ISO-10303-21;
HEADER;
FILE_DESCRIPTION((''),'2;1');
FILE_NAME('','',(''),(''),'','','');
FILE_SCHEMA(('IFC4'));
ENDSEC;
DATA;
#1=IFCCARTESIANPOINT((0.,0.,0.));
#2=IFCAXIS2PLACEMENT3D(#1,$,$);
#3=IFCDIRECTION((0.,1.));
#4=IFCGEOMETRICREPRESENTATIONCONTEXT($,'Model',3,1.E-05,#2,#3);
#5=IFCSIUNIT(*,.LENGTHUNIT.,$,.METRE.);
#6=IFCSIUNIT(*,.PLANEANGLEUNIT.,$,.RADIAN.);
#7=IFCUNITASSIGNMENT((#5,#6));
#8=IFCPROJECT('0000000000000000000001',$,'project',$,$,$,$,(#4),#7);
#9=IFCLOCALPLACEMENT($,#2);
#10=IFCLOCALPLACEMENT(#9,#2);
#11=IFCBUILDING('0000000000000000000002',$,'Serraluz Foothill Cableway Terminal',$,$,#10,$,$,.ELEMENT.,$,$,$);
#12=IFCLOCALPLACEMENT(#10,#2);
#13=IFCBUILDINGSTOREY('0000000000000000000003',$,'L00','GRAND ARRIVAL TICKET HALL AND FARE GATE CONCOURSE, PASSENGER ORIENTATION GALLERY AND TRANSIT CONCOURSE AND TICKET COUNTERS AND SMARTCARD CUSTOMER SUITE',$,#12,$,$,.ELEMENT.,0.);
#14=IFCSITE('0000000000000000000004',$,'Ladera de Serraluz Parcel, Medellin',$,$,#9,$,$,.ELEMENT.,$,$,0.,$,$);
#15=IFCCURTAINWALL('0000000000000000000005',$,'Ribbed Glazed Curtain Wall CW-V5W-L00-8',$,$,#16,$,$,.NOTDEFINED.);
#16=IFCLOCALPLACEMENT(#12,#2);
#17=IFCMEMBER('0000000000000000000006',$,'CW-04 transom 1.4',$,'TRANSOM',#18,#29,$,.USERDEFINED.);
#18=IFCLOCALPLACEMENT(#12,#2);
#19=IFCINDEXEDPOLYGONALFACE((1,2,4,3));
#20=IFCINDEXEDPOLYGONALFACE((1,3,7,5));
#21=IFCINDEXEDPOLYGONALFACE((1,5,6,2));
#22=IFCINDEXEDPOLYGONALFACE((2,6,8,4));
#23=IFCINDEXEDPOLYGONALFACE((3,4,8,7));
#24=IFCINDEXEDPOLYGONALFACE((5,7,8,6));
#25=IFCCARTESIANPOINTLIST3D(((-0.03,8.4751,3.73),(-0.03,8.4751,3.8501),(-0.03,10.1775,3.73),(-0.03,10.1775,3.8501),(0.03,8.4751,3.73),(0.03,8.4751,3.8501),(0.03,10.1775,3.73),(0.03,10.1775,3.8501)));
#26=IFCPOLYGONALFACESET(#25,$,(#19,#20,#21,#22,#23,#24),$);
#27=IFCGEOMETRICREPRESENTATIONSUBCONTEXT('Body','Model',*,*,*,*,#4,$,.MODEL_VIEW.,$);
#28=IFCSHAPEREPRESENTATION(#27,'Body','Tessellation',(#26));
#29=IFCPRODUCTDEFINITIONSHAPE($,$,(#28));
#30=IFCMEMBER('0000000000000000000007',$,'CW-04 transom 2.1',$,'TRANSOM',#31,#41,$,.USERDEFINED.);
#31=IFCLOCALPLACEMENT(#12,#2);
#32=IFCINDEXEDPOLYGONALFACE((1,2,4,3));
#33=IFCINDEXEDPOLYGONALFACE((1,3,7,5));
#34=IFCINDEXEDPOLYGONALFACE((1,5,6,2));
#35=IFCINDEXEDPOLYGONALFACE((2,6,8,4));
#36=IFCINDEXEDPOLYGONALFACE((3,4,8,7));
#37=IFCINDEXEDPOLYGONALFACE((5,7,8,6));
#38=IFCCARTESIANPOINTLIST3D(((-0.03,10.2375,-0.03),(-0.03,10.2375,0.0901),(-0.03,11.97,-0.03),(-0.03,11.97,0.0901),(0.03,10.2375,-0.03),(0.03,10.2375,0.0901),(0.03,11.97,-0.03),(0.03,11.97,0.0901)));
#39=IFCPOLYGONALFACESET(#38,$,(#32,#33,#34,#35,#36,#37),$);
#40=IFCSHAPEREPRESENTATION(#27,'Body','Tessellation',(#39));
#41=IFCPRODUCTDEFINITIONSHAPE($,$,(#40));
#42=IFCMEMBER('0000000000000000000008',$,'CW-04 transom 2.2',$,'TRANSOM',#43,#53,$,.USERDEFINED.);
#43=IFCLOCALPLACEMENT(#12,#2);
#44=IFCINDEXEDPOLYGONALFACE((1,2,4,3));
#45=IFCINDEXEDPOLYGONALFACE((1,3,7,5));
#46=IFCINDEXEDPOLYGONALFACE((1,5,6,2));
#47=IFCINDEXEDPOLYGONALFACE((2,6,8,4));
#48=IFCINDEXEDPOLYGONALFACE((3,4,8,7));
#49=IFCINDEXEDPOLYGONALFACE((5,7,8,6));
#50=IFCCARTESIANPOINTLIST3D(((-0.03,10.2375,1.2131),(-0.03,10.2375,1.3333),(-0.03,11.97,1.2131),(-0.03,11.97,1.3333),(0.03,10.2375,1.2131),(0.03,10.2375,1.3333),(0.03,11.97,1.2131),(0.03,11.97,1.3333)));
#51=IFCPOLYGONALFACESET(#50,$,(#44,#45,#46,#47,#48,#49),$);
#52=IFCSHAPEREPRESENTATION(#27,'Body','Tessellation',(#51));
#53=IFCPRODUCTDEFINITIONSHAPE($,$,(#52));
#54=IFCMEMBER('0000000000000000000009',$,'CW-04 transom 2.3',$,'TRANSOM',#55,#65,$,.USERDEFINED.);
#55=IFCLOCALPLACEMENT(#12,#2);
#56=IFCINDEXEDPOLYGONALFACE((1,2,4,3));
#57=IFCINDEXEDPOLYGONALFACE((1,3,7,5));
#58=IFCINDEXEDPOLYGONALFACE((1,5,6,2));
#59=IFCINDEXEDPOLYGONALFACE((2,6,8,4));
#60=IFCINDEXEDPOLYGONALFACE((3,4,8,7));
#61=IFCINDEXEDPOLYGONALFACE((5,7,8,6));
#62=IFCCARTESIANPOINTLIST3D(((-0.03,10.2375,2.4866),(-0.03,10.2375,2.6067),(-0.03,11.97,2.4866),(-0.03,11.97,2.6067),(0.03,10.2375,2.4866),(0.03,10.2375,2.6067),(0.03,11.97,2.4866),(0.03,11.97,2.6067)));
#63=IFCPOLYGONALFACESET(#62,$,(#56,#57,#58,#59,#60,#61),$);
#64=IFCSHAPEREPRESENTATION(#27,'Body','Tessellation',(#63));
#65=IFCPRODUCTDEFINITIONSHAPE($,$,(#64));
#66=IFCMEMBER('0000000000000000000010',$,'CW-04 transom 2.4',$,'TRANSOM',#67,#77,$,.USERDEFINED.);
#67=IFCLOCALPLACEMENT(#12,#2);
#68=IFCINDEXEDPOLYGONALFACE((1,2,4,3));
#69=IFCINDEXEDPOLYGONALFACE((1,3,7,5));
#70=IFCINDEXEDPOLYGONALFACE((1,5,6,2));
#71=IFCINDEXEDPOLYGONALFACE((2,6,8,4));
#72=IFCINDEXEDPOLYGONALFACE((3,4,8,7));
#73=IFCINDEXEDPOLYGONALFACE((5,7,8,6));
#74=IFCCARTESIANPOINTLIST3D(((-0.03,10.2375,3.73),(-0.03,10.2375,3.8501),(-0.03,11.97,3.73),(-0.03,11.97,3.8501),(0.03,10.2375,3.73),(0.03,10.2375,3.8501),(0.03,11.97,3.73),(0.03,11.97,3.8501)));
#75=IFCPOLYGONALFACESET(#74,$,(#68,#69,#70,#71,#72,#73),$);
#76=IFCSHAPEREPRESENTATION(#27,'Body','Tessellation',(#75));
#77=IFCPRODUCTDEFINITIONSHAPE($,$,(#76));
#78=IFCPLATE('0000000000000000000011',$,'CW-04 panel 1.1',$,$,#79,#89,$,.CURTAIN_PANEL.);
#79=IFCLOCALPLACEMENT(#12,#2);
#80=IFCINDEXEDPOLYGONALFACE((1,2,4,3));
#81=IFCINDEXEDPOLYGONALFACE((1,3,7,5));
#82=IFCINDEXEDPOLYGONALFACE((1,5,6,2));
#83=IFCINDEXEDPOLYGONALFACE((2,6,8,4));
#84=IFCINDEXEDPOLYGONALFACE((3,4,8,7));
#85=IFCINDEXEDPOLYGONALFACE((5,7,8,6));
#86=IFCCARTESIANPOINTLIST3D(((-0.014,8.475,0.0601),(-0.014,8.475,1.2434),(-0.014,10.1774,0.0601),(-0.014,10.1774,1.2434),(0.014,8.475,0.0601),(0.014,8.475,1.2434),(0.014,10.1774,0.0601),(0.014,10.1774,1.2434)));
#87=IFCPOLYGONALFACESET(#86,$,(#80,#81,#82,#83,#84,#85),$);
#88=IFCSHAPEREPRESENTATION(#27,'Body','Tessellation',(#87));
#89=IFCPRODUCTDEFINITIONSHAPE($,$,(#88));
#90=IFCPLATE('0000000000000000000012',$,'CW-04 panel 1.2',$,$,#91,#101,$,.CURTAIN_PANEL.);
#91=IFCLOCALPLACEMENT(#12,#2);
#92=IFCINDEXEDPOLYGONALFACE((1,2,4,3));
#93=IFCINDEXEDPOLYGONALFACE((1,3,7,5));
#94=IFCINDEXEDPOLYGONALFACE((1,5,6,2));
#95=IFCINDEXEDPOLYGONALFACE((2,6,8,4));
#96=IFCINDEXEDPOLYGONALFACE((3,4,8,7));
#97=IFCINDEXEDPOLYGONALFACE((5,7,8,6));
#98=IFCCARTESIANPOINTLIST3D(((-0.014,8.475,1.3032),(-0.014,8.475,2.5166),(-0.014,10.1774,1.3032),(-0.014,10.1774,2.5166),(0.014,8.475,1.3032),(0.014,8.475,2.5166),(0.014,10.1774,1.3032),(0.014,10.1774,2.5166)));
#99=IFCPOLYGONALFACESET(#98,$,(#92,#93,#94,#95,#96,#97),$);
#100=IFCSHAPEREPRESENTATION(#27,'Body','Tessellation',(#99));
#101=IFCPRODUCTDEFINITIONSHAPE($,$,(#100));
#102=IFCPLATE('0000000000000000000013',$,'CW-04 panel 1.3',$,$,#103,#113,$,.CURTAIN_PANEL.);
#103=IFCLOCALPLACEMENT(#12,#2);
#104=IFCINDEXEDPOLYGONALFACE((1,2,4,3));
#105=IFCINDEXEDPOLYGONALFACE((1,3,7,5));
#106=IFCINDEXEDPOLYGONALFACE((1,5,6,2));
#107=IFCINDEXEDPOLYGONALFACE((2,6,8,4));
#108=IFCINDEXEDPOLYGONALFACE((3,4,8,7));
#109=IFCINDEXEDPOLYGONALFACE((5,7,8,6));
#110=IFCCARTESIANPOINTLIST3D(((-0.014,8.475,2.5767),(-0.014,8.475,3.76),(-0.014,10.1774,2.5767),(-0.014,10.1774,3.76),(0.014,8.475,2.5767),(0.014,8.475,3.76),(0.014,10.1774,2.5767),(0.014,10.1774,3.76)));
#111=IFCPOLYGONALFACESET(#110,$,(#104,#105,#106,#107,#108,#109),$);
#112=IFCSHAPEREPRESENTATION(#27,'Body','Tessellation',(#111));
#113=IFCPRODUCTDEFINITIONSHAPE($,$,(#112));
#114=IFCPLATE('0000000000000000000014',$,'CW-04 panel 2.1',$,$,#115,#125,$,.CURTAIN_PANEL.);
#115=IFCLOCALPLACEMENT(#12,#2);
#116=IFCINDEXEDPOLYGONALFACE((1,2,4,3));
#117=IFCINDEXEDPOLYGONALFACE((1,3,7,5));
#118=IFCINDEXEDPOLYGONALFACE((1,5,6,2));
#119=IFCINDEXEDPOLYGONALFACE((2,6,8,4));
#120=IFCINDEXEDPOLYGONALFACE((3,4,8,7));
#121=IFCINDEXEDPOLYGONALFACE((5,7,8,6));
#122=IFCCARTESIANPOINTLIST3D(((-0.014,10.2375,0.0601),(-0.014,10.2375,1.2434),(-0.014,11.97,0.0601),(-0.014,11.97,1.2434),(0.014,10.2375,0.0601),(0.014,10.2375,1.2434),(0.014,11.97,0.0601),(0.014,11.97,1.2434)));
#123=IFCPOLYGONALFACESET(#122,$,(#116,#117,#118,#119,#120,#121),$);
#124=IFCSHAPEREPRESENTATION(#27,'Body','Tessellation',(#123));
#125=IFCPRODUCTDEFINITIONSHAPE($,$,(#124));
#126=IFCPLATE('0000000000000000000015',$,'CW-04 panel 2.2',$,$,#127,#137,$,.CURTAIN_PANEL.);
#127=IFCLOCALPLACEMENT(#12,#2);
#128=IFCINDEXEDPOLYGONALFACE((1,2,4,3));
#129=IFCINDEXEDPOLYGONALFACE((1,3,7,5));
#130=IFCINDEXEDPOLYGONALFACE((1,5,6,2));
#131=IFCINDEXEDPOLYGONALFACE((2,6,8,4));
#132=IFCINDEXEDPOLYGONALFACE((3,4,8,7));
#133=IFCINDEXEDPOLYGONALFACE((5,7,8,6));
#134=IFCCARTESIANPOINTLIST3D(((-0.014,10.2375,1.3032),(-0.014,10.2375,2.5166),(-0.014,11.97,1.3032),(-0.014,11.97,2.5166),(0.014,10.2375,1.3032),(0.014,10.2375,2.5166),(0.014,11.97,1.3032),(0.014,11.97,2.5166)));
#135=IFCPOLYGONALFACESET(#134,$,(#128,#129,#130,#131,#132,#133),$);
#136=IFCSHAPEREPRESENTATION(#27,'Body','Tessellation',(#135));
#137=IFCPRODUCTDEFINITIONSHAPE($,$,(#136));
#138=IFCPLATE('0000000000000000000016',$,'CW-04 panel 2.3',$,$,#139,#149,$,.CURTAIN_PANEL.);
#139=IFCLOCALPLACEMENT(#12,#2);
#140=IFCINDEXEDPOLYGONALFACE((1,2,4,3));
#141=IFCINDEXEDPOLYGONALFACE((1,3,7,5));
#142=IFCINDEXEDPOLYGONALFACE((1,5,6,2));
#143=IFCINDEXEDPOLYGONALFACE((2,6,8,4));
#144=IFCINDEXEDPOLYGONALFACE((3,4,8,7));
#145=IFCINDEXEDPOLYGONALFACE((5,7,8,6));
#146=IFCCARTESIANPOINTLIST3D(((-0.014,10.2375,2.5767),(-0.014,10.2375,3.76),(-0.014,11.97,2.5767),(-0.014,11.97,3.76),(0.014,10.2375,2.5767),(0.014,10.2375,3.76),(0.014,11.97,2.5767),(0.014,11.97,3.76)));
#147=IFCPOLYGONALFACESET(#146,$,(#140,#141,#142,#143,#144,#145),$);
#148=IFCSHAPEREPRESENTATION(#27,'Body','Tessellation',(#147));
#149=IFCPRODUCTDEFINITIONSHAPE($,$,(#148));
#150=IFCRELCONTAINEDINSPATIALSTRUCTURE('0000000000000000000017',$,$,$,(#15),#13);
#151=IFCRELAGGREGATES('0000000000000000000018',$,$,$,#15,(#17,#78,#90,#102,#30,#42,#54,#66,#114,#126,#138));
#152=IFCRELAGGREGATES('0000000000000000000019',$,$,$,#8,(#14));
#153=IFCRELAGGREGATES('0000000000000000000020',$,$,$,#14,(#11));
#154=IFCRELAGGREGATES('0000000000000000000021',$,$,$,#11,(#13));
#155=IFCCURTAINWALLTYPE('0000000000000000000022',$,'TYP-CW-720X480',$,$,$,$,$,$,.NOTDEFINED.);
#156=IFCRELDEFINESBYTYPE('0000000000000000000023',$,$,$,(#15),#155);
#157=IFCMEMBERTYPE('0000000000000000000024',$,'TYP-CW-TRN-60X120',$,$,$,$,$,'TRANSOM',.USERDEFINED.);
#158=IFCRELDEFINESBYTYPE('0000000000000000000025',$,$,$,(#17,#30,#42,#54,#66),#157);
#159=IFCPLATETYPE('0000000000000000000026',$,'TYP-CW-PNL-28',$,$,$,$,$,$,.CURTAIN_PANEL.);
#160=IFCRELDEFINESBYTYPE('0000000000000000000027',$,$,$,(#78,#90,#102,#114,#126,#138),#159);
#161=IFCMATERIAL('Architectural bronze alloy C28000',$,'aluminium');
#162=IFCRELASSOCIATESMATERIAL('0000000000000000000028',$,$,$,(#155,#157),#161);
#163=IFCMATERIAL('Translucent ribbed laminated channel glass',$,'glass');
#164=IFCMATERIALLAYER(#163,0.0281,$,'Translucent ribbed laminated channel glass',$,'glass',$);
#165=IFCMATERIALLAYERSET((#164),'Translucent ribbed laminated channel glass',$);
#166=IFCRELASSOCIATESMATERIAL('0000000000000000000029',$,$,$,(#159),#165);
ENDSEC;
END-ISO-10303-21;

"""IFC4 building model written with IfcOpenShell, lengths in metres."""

from ifc_helpers import new_model, si_unit, direction, frame, origin, origin_2d, place, context, subcontext, project, spatial, rectangle, extrude, material, layer, layer_set, material_profile, profile_set, type_object, element, aggregate, save


model = new_model("IFC4")

# Units and contexts
model_context = context("Model", 3, precision=1e-05, world=origin(), true_north=direction((0.0, 1.0)))
body_context = subcontext(model_context, "Body", "Model", "MODEL_VIEW")
ifc_project = project(units=[si_unit("LENGTHUNIT", "METRE"), si_unit("PLANEANGLEUNIT", "RADIAN")], contexts=[model_context])

# Site, building, storey
site_placement = place(None, origin())
site = spatial("IfcSite", under=ifc_project, at=site_placement, Name="Ladera de Serraluz Parcel, Medellin", CompositionType="ELEMENT", RefElevation=0.0)
building_placement = place(site_placement, origin())
building = spatial("IfcBuilding", under=site, at=building_placement, Name="Serraluz Foothill Cableway Terminal", CompositionType="ELEMENT")
storey_placement = place(building_placement, origin())
storey = spatial("IfcBuildingStorey", under=building, at=storey_placement, Name="L00", Description="GRAND ARRIVAL TICKET HALL AND FARE GATE CONCOURSE, PASSENGER ORIENTATION GALLERY AND TRANSIT CONCOURSE AND TICKET COUNTERS AND SMARTCARD CUSTOMER SUITE", CompositionType="ELEMENT", Elevation=0.0)

# Curtain wall, members, plates
ifc_material_1 = material(Name="Architectural bronze alloy C28000", Category="aluminium")
curtain_wall_type = type_object("IfcCurtainWallType", Name="TYP-CW-720X480", PredefinedType="NOTDEFINED", material=ifc_material_1)
curtain_wall_placement = place(storey_placement, origin())
curtain_wall = element("IfcCurtainWall", 1, at=curtain_wall_placement, inside=storey, type_object=curtain_wall_type, Name="Ribbed Glazed Curtain Wall CW-V5W-L00-8", PredefinedType="NOTDEFINED")
ifc_material_profile_1 = material_profile(ifc_material_1, rectangle(XDim=0.0601, YDim=0.1201, at=origin_2d()), Name="ALU TRANSOM 60x120")
ifc_profile_set_1 = profile_set([ifc_material_profile_1], Name="Architectural bronze alloy C28000")
member_type_1 = type_object("IfcMemberType", Name="TYP-CW-TRN-60X120", ElementType="TRANSOM", PredefinedType="USERDEFINED", material=ifc_profile_set_1)
member_1_placement = place(storey_placement, frame((0.0, 8.4751, 3.79), z_axis=(0.0, 1.0, 0.0), x_axis=(-1.0, 0.0, 0.0)))
member_1 = element("IfcMember", 2, at=member_1_placement, type_object=member_type_1, Name="CW-04 transom 1.4", ObjectType="TRANSOM", PredefinedType="USERDEFINED", context=body_context, shape_type="SweptSolid", body=[
    extrude(rectangle(XDim=0.0601, YDim=0.1201, at=origin_2d()), origin(), (0.0, 0.0, 1.0), 1.7024),
])
member_2_placement = place(storey_placement, frame((0.0, 10.2375, 0.03), z_axis=(0.0, 1.0, 0.0), x_axis=(-1.0, 0.0, 0.0)))
member_2 = element("IfcMember", 3, at=member_2_placement, type_object=member_type_1, Name="CW-04 transom 2.1", ObjectType="TRANSOM", PredefinedType="USERDEFINED", context=body_context, shape_type="SweptSolid", body=[
    extrude(rectangle(XDim=0.0601, YDim=0.1201, at=origin_2d()), origin(), (0.0, 0.0, 1.0), 1.7324),
])
member_3_placement = place(storey_placement, frame((0.0, 10.2375, 1.2732), z_axis=(0.0, 1.0, 0.0), x_axis=(-1.0, 0.0, 0.0)))
member_3 = element("IfcMember", 4, at=member_3_placement, type_object=member_type_1, Name="CW-04 transom 2.2", ObjectType="TRANSOM", PredefinedType="USERDEFINED", context=body_context, shape_type="SweptSolid", body=[
    extrude(rectangle(XDim=0.0601, YDim=0.1201, at=origin_2d()), origin(), (0.0, 0.0, 1.0), 1.7324),
])
member_4_placement = place(storey_placement, frame((0.0, 10.2375, 2.5466), z_axis=(0.0, 1.0, 0.0), x_axis=(-1.0, 0.0, 0.0)))
member_4 = element("IfcMember", 5, at=member_4_placement, type_object=member_type_1, Name="CW-04 transom 2.3", ObjectType="TRANSOM", PredefinedType="USERDEFINED", context=body_context, shape_type="SweptSolid", body=[
    extrude(rectangle(XDim=0.0601, YDim=0.1201, at=origin_2d()), origin(), (0.0, 0.0, 1.0), 1.7324),
])
member_5_placement = place(storey_placement, frame((0.0, 10.2375, 3.79), z_axis=(0.0, 1.0, 0.0), x_axis=(-1.0, 0.0, 0.0)))
member_5 = element("IfcMember", 6, at=member_5_placement, type_object=member_type_1, Name="CW-04 transom 2.4", ObjectType="TRANSOM", PredefinedType="USERDEFINED", context=body_context, shape_type="SweptSolid", body=[
    extrude(rectangle(XDim=0.0601, YDim=0.1201, at=origin_2d()), origin(), (0.0, 0.0, 1.0), 1.7324),
])
ifc_material_2 = material(Name="Translucent ribbed laminated channel glass", Category="glass")
ifc_layer = layer(ifc_material_2, 0.0281, Name="Translucent ribbed laminated channel glass", Category="glass")
ifc_layer_set = layer_set([ifc_layer], Name="Translucent ribbed laminated channel glass")
plate_type = type_object("IfcPlateType", Name="TYP-CW-PNL-28", PredefinedType="CURTAIN_PANEL", material=ifc_layer_set)
plate_1_placement = place(storey_placement, frame((0.0, 9.3262, 0.0601), z_axis=(0.0, 0.0, 1.0), x_axis=(0.0, 1.0, 0.0)))
plate_1 = element("IfcPlate", 7, at=plate_1_placement, type_object=plate_type, Name="CW-04 panel 1.1", PredefinedType="CURTAIN_PANEL", context=body_context, shape_type="SweptSolid", body=[
    extrude(rectangle(XDim=1.7024, YDim=0.0281, at=origin_2d()), origin(), (0.0, 0.0, 1.0), 1.1833),
])
plate_2_placement = place(storey_placement, frame((0.0, 9.3262, 1.3032), z_axis=(0.0, 0.0, 1.0), x_axis=(0.0, 1.0, 0.0)))
plate_2 = element("IfcPlate", 8, at=plate_2_placement, type_object=plate_type, Name="CW-04 panel 1.2", PredefinedType="CURTAIN_PANEL", context=body_context, shape_type="SweptSolid", body=[
    extrude(rectangle(XDim=1.7024, YDim=0.0281, at=origin_2d()), origin(), (0.0, 0.0, 1.0), 1.2134),
])
plate_3_placement = place(storey_placement, frame((0.0, 9.3262, 2.5767), z_axis=(0.0, 0.0, 1.0), x_axis=(0.0, 1.0, 0.0)))
plate_3 = element("IfcPlate", 9, at=plate_3_placement, type_object=plate_type, Name="CW-04 panel 1.3", PredefinedType="CURTAIN_PANEL", context=body_context, shape_type="SweptSolid", body=[
    extrude(rectangle(XDim=1.7024, YDim=0.0281, at=origin_2d()), origin(), (0.0, 0.0, 1.0), 1.1833),
])
plate_4_placement = place(storey_placement, frame((0.0, 11.1038, 0.0601), z_axis=(0.0, 0.0, 1.0), x_axis=(0.0, 1.0, 0.0)))
plate_4 = element("IfcPlate", 10, at=plate_4_placement, type_object=plate_type, Name="CW-04 panel 2.1", PredefinedType="CURTAIN_PANEL", context=body_context, shape_type="SweptSolid", body=[
    extrude(rectangle(XDim=1.7324, YDim=0.0281, at=origin_2d()), origin(), (0.0, 0.0, 1.0), 1.1833),
])
plate_5_placement = place(storey_placement, frame((0.0, 11.1038, 1.3032), z_axis=(0.0, 0.0, 1.0), x_axis=(0.0, 1.0, 0.0)))
plate_5 = element("IfcPlate", 11, at=plate_5_placement, type_object=plate_type, Name="CW-04 panel 2.2", PredefinedType="CURTAIN_PANEL", context=body_context, shape_type="SweptSolid", body=[
    extrude(rectangle(XDim=1.7324, YDim=0.0281, at=origin_2d()), origin(), (0.0, 0.0, 1.0), 1.2134),
])
plate_6_placement = place(storey_placement, frame((0.0, 11.1038, 2.5767), z_axis=(0.0, 0.0, 1.0), x_axis=(0.0, 1.0, 0.0)))
plate_6 = element("IfcPlate", 12, at=plate_6_placement, type_object=plate_type, Name="CW-04 panel 2.3", PredefinedType="CURTAIN_PANEL", context=body_context, shape_type="SweptSolid", body=[
    extrude(rectangle(XDim=1.7324, YDim=0.0281, at=origin_2d()), origin(), (0.0, 0.0, 1.0), 1.1833),
])
aggregate(curtain_wall, [member_1, plate_1, plate_2, plate_3, member_2, member_3, member_4, member_5, plate_4, plate_5, plate_6])

save(model, "model.ifc")
